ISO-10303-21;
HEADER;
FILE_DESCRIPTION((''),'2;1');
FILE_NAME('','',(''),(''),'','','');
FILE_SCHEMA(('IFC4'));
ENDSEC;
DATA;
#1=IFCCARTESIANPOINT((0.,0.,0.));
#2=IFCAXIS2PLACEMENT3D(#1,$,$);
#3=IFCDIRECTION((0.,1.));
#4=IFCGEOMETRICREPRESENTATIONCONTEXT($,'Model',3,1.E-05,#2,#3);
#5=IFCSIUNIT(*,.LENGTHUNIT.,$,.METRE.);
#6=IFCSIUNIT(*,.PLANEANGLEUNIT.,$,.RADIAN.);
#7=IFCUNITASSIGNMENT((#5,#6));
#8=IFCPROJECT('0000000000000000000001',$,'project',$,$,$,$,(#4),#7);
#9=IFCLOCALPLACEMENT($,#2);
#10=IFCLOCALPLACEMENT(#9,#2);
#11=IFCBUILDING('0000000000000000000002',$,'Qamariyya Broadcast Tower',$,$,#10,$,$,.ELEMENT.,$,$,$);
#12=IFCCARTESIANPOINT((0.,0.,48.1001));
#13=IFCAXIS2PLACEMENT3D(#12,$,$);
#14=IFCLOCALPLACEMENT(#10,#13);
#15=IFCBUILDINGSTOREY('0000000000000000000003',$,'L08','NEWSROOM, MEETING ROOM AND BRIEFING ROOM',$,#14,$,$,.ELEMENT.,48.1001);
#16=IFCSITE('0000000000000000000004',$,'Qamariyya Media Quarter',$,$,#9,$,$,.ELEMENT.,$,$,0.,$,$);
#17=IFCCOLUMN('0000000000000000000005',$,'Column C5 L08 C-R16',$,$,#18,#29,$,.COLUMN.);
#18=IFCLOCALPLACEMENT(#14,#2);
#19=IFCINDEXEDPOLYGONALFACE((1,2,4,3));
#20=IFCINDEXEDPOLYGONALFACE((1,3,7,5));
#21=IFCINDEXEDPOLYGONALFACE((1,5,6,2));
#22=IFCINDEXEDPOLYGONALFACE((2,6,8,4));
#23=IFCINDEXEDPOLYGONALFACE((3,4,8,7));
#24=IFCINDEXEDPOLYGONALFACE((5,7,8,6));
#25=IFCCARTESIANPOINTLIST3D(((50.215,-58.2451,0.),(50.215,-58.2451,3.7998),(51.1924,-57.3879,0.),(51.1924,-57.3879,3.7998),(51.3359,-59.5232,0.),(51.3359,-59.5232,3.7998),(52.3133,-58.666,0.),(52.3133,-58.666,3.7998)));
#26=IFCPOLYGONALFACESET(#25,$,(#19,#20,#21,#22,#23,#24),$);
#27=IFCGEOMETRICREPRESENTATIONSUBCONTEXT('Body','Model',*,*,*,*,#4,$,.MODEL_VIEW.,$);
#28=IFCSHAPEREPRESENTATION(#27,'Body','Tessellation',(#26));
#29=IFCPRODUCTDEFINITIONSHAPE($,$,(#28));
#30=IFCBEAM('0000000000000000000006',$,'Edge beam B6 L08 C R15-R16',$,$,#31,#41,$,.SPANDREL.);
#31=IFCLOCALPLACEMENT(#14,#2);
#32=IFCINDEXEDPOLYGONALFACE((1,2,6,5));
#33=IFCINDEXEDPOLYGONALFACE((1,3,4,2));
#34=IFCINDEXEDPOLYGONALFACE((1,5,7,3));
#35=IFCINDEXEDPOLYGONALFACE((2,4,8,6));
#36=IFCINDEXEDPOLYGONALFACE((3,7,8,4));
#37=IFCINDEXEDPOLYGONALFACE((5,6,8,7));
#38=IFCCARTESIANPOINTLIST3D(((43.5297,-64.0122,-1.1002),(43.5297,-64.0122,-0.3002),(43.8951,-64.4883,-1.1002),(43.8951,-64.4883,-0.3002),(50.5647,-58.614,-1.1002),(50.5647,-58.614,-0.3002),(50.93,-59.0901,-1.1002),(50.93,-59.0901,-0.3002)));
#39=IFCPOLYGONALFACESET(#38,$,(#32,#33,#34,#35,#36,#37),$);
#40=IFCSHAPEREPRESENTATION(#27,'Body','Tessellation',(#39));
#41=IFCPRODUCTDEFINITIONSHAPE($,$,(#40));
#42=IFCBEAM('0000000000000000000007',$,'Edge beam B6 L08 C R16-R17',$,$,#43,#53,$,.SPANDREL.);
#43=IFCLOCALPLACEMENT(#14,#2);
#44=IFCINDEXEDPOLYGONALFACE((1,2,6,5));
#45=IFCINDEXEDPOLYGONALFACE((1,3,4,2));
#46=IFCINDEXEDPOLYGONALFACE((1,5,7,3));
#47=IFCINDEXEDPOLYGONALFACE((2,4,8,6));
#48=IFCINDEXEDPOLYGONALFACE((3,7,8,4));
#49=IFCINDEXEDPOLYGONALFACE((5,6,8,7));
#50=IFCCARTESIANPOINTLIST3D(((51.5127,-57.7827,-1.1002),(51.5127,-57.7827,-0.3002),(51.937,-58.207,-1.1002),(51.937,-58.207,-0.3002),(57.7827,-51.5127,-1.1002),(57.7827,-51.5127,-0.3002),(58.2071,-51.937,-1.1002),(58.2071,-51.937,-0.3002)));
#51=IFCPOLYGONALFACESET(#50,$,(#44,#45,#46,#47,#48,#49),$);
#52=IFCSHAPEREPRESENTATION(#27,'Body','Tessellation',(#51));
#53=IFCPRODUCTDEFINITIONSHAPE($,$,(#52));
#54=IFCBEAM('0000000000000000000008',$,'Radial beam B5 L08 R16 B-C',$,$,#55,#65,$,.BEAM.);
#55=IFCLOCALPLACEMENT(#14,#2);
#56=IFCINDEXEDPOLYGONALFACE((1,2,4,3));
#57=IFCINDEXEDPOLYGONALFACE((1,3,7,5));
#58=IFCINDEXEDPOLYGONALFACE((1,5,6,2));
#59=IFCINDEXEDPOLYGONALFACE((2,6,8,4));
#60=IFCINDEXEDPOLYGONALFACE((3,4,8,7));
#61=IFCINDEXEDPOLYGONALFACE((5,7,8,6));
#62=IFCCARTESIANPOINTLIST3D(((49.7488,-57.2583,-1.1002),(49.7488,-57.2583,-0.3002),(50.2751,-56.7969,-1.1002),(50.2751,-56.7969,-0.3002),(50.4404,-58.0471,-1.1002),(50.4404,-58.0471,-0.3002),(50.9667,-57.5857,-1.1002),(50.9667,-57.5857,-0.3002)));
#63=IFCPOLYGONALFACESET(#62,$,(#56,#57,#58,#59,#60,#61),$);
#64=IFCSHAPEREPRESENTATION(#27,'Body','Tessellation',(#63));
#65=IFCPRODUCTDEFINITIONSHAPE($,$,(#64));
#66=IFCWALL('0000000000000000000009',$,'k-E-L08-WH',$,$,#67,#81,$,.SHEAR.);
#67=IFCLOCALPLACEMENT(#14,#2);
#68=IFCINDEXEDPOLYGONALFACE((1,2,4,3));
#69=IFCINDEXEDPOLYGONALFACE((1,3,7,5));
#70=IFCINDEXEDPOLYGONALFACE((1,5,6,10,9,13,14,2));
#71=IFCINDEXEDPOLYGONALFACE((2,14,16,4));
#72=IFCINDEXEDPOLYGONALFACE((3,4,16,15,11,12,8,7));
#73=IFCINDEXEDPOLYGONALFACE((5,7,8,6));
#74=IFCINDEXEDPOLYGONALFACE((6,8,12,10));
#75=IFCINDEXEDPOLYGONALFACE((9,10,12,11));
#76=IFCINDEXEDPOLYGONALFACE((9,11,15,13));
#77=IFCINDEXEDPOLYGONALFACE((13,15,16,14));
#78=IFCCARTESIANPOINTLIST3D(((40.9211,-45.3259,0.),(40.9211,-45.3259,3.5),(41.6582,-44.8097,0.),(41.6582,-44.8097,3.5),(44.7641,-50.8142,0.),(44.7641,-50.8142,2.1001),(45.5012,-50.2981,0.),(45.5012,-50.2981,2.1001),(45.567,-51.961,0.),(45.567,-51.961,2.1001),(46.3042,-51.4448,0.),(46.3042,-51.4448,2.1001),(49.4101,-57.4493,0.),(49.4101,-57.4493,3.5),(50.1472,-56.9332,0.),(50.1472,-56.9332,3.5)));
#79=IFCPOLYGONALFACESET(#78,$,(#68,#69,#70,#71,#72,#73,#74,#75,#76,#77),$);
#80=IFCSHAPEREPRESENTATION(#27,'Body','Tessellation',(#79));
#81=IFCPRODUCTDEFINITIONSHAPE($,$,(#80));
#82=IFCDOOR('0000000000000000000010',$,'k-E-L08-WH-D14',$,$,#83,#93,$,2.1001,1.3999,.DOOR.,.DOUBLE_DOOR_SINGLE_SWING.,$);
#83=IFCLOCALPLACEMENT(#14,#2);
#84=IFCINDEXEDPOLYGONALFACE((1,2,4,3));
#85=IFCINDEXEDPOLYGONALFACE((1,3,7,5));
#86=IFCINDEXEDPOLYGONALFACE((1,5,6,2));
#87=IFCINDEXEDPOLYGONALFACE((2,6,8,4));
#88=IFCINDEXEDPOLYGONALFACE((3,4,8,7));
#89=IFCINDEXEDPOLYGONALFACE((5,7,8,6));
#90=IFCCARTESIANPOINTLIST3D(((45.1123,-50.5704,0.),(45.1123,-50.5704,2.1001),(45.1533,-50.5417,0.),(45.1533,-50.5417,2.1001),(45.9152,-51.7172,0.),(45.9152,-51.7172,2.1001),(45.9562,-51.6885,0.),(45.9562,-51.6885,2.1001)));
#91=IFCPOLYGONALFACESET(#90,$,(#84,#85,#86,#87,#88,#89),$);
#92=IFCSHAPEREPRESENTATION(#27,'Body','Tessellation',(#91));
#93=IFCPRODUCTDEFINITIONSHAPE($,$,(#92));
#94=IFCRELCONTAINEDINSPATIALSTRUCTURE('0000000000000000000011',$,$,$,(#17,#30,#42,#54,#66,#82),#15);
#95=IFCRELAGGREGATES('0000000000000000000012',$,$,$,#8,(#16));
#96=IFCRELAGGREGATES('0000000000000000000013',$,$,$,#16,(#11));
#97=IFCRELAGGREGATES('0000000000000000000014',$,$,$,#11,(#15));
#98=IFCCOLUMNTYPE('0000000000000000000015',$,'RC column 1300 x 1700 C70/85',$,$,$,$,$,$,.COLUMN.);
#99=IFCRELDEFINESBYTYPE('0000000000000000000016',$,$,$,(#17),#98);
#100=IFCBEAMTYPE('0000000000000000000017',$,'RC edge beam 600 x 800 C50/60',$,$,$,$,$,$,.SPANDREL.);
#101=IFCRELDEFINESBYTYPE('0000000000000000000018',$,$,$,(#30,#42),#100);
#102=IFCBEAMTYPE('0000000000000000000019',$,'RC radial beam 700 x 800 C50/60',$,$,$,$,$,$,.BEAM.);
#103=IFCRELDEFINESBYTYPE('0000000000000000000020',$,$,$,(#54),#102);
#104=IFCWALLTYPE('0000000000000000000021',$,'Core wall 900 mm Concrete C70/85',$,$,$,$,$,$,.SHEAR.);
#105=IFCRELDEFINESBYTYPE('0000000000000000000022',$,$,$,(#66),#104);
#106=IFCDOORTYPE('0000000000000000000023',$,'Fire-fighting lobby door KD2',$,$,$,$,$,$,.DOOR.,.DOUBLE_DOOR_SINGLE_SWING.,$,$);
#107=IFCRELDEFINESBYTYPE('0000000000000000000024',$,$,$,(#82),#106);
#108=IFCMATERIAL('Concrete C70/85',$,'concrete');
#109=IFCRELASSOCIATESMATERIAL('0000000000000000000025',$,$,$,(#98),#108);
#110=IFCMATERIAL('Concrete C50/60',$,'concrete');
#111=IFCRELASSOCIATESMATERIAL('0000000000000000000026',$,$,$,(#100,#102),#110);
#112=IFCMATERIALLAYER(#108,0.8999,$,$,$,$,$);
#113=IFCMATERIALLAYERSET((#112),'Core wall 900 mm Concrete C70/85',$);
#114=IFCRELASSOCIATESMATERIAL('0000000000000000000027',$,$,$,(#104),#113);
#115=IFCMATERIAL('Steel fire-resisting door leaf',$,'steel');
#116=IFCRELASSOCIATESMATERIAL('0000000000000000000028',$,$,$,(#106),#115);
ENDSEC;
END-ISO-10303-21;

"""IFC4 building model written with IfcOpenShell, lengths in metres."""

from ifc_helpers import new_model, si_unit, direction, frame, frame_2d, origin, origin_2d, place, context, subcontext, project, spatial, rectangle, extrude, material, layer, layer_set, material_profile, profile_set, type_object, element, fill, save


model = new_model("IFC4")

# Units and contexts
model_context = context("Model", 3, precision=1e-05, world=origin(), true_north=direction((0.0, 1.0)))
body_context = subcontext(model_context, "Body", "Model", "MODEL_VIEW")
ifc_project = project(units=[si_unit("LENGTHUNIT", "METRE"), si_unit("PLANEANGLEUNIT", "RADIAN")], contexts=[model_context])

# Site, building, storey
site_placement = place(None, origin())
site = spatial("IfcSite", under=ifc_project, at=site_placement, Name="Qamariyya Media Quarter", CompositionType="ELEMENT", RefElevation=0.0)
building_placement = place(site_placement, origin())
building = spatial("IfcBuilding", under=site, at=building_placement, Name="Qamariyya Broadcast Tower", CompositionType="ELEMENT")
storey_placement = place(building_placement, frame((0.0, 0.0, 48.1001)))
storey = spatial("IfcBuildingStorey", under=building, at=storey_placement, Name="L08", Description="NEWSROOM, MEETING ROOM AND BRIEFING ROOM", CompositionType="ELEMENT", Elevation=48.1001)

# Column
ifc_material_1 = material(Name="Concrete C70/85", Category="concrete")
ifc_material_profile_1 = material_profile(ifc_material_1, rectangle(XDim=1.3, YDim=1.7, at=origin_2d()))
ifc_profile_set_1 = profile_set([ifc_material_profile_1], Name="Concrete C70/85")
column_type = type_object("IfcColumnType", Name="RC column 1300 x 1700 C70/85", PredefinedType="COLUMN", material=ifc_profile_set_1)
column_placement = place(storey_placement, frame((51.2642, -58.4556, 0.0), z_axis=(0.0, 0.0, 1.0), x_axis=(0.75184, 0.659346, 0.0)))
element("IfcColumn", 1, at=column_placement, inside=storey, type_object=column_type, Name="Column C5 L08 C-R16", PredefinedType="COLUMN", context=body_context, shape_type="SweptSolid", body=[
    extrude(rectangle(XDim=1.3, YDim=1.7, at=origin_2d()), origin(), (0.0, 0.0, 1.0), 3.7998),
])

# Beams
ifc_material_2 = material(Name="Concrete C50/60", Category="concrete")
ifc_material_profile_2 = material_profile(ifc_material_2, rectangle(XDim=0.6001, YDim=0.8, at=origin_2d()))
ifc_profile_set_2 = profile_set([ifc_material_profile_2], Name="Concrete C50/60")
beam_type_1 = type_object("IfcBeamType", Name="RC edge beam 600 x 800 C50/60", PredefinedType="SPANDREL", material=ifc_profile_set_2)
beam_1_placement = place(storey_placement, frame((43.7124, -64.2502, -0.7002), z_axis=(0.793347, 0.60877, 0.0), x_axis=(-0.60877, 0.793347, 0.0)))
element("IfcBeam", 2, at=beam_1_placement, inside=storey, type_object=beam_type_1, Name="Edge beam B6 L08 C R15-R16", PredefinedType="SPANDREL", context=body_context, shape_type="SweptSolid", body=[
    extrude(rectangle(XDim=0.6001, YDim=0.8, at=origin_2d()), origin(), (0.0, 0.0, 1.0), 8.8674),
])
beam_2_placement = place(storey_placement, frame((51.7249, -57.9949, -0.7002), z_axis=(0.707107, 0.707107, 0.0), x_axis=(-0.707107, 0.707107, 0.0)))
element("IfcBeam", 3, at=beam_2_placement, inside=storey, type_object=beam_type_1, Name="Edge beam B6 L08 C R16-R17", PredefinedType="SPANDREL", context=body_context, shape_type="SweptSolid", body=[
    extrude(rectangle(XDim=0.6001, YDim=0.8, at=origin_2d()), origin(), (0.0, 0.0, 1.0), 8.8672),
])
ifc_material_profile_3 = material_profile(ifc_material_2, rectangle(XDim=0.7, YDim=0.8, at=origin_2d()))
ifc_profile_set_3 = profile_set([ifc_material_profile_3], Name="Concrete C50/60")
beam_type_2 = type_object("IfcBeamType", Name="RC radial beam 700 x 800 C50/60", PredefinedType="BEAM", material=ifc_profile_set_3)
beam_3_placement = place(storey_placement, frame((50.012, -57.0276, -0.7002), z_axis=(0.659279, -0.751899, 0.0), x_axis=(0.751899, 0.659279, 0.0)))
element("IfcBeam", 4, at=beam_3_placement, inside=storey, type_object=beam_type_2, Name="Radial beam B5 L08 R16 B-C", PredefinedType="BEAM", context=body_context, shape_type="SweptSolid", body=[
    extrude(rectangle(XDim=0.7, YDim=0.8, at=origin_2d()), origin(), (0.0, 0.0, 1.0), 1.0491),
])

# Wall, opening, door
ifc_layer = layer(ifc_material_1, 0.8999)
ifc_layer_set = layer_set([ifc_layer], Name="Core wall 900 mm Concrete C70/85")
wall_type = type_object("IfcWallType", Name="Core wall 900 mm Concrete C70/85", PredefinedType="SHEAR", material=ifc_layer_set)
wall_placement = place(storey_placement, frame((49.7786, -57.1912, 0.0), z_axis=(0.0, 0.0, 1.0), x_axis=(-0.573577, 0.819151, 0.0)))
wall = element("IfcWall", 5, at=wall_placement, inside=storey, type_object=wall_type, Name="k-E-L08-WH", PredefinedType="SHEAR", context=body_context, shape_type="SweptSolid", body=[
    extrude(rectangle(XDim=14.8, YDim=0.8999, at=frame_2d((7.3999, 0.0))), origin(), (0.0, 0.0, 1.0), 3.5),
])
opening_placement = place(wall_placement, frame((6.7, 0.0, 0.0)))
opening = element("IfcOpeningElement", 6, at=opening_placement, cuts=wall, PredefinedType="OPENING", context=body_context, shape_type="SweptSolid", body=[
    extrude(rectangle(XDim=1.3999, YDim=2.1001, at=frame_2d((0.7, 1.05))), frame((0.0, 0.46, 0.0), z_axis=(0.0, -1.0, 0.0), x_axis=(1.0, 0.0, 0.0)), (0.0, 0.0, 1.0), 0.9199),
])
ifc_material_3 = material(Name="Steel fire-resisting door leaf", Category="steel")
door_type = type_object("IfcDoorType", Name="Fire-fighting lobby door KD2", OperationType="DOUBLE_DOOR_SINGLE_SWING", PredefinedType="DOOR", material=ifc_material_3)
door_placement = place(opening_placement, origin())
door = element("IfcDoor", 7, at=door_placement, inside=storey, type_object=door_type, Name="k-E-L08-WH-D14", OperationType="DOUBLE_DOOR_SINGLE_SWING", OverallHeight=2.1001, OverallWidth=1.3999, PredefinedType="DOOR", context=body_context, shape_type="SweptSolid", body=[
    extrude(rectangle(XDim=1.3999, YDim=2.1001, at=frame_2d((0.7, 1.05))), frame((0.0, 0.0249, 0.0), z_axis=(0.0, -1.0, 0.0), x_axis=(1.0, 0.0, 0.0)), (0.0, 0.0, 1.0), 0.05),
])
fill(opening, door)

save(model, "model.ifc")
